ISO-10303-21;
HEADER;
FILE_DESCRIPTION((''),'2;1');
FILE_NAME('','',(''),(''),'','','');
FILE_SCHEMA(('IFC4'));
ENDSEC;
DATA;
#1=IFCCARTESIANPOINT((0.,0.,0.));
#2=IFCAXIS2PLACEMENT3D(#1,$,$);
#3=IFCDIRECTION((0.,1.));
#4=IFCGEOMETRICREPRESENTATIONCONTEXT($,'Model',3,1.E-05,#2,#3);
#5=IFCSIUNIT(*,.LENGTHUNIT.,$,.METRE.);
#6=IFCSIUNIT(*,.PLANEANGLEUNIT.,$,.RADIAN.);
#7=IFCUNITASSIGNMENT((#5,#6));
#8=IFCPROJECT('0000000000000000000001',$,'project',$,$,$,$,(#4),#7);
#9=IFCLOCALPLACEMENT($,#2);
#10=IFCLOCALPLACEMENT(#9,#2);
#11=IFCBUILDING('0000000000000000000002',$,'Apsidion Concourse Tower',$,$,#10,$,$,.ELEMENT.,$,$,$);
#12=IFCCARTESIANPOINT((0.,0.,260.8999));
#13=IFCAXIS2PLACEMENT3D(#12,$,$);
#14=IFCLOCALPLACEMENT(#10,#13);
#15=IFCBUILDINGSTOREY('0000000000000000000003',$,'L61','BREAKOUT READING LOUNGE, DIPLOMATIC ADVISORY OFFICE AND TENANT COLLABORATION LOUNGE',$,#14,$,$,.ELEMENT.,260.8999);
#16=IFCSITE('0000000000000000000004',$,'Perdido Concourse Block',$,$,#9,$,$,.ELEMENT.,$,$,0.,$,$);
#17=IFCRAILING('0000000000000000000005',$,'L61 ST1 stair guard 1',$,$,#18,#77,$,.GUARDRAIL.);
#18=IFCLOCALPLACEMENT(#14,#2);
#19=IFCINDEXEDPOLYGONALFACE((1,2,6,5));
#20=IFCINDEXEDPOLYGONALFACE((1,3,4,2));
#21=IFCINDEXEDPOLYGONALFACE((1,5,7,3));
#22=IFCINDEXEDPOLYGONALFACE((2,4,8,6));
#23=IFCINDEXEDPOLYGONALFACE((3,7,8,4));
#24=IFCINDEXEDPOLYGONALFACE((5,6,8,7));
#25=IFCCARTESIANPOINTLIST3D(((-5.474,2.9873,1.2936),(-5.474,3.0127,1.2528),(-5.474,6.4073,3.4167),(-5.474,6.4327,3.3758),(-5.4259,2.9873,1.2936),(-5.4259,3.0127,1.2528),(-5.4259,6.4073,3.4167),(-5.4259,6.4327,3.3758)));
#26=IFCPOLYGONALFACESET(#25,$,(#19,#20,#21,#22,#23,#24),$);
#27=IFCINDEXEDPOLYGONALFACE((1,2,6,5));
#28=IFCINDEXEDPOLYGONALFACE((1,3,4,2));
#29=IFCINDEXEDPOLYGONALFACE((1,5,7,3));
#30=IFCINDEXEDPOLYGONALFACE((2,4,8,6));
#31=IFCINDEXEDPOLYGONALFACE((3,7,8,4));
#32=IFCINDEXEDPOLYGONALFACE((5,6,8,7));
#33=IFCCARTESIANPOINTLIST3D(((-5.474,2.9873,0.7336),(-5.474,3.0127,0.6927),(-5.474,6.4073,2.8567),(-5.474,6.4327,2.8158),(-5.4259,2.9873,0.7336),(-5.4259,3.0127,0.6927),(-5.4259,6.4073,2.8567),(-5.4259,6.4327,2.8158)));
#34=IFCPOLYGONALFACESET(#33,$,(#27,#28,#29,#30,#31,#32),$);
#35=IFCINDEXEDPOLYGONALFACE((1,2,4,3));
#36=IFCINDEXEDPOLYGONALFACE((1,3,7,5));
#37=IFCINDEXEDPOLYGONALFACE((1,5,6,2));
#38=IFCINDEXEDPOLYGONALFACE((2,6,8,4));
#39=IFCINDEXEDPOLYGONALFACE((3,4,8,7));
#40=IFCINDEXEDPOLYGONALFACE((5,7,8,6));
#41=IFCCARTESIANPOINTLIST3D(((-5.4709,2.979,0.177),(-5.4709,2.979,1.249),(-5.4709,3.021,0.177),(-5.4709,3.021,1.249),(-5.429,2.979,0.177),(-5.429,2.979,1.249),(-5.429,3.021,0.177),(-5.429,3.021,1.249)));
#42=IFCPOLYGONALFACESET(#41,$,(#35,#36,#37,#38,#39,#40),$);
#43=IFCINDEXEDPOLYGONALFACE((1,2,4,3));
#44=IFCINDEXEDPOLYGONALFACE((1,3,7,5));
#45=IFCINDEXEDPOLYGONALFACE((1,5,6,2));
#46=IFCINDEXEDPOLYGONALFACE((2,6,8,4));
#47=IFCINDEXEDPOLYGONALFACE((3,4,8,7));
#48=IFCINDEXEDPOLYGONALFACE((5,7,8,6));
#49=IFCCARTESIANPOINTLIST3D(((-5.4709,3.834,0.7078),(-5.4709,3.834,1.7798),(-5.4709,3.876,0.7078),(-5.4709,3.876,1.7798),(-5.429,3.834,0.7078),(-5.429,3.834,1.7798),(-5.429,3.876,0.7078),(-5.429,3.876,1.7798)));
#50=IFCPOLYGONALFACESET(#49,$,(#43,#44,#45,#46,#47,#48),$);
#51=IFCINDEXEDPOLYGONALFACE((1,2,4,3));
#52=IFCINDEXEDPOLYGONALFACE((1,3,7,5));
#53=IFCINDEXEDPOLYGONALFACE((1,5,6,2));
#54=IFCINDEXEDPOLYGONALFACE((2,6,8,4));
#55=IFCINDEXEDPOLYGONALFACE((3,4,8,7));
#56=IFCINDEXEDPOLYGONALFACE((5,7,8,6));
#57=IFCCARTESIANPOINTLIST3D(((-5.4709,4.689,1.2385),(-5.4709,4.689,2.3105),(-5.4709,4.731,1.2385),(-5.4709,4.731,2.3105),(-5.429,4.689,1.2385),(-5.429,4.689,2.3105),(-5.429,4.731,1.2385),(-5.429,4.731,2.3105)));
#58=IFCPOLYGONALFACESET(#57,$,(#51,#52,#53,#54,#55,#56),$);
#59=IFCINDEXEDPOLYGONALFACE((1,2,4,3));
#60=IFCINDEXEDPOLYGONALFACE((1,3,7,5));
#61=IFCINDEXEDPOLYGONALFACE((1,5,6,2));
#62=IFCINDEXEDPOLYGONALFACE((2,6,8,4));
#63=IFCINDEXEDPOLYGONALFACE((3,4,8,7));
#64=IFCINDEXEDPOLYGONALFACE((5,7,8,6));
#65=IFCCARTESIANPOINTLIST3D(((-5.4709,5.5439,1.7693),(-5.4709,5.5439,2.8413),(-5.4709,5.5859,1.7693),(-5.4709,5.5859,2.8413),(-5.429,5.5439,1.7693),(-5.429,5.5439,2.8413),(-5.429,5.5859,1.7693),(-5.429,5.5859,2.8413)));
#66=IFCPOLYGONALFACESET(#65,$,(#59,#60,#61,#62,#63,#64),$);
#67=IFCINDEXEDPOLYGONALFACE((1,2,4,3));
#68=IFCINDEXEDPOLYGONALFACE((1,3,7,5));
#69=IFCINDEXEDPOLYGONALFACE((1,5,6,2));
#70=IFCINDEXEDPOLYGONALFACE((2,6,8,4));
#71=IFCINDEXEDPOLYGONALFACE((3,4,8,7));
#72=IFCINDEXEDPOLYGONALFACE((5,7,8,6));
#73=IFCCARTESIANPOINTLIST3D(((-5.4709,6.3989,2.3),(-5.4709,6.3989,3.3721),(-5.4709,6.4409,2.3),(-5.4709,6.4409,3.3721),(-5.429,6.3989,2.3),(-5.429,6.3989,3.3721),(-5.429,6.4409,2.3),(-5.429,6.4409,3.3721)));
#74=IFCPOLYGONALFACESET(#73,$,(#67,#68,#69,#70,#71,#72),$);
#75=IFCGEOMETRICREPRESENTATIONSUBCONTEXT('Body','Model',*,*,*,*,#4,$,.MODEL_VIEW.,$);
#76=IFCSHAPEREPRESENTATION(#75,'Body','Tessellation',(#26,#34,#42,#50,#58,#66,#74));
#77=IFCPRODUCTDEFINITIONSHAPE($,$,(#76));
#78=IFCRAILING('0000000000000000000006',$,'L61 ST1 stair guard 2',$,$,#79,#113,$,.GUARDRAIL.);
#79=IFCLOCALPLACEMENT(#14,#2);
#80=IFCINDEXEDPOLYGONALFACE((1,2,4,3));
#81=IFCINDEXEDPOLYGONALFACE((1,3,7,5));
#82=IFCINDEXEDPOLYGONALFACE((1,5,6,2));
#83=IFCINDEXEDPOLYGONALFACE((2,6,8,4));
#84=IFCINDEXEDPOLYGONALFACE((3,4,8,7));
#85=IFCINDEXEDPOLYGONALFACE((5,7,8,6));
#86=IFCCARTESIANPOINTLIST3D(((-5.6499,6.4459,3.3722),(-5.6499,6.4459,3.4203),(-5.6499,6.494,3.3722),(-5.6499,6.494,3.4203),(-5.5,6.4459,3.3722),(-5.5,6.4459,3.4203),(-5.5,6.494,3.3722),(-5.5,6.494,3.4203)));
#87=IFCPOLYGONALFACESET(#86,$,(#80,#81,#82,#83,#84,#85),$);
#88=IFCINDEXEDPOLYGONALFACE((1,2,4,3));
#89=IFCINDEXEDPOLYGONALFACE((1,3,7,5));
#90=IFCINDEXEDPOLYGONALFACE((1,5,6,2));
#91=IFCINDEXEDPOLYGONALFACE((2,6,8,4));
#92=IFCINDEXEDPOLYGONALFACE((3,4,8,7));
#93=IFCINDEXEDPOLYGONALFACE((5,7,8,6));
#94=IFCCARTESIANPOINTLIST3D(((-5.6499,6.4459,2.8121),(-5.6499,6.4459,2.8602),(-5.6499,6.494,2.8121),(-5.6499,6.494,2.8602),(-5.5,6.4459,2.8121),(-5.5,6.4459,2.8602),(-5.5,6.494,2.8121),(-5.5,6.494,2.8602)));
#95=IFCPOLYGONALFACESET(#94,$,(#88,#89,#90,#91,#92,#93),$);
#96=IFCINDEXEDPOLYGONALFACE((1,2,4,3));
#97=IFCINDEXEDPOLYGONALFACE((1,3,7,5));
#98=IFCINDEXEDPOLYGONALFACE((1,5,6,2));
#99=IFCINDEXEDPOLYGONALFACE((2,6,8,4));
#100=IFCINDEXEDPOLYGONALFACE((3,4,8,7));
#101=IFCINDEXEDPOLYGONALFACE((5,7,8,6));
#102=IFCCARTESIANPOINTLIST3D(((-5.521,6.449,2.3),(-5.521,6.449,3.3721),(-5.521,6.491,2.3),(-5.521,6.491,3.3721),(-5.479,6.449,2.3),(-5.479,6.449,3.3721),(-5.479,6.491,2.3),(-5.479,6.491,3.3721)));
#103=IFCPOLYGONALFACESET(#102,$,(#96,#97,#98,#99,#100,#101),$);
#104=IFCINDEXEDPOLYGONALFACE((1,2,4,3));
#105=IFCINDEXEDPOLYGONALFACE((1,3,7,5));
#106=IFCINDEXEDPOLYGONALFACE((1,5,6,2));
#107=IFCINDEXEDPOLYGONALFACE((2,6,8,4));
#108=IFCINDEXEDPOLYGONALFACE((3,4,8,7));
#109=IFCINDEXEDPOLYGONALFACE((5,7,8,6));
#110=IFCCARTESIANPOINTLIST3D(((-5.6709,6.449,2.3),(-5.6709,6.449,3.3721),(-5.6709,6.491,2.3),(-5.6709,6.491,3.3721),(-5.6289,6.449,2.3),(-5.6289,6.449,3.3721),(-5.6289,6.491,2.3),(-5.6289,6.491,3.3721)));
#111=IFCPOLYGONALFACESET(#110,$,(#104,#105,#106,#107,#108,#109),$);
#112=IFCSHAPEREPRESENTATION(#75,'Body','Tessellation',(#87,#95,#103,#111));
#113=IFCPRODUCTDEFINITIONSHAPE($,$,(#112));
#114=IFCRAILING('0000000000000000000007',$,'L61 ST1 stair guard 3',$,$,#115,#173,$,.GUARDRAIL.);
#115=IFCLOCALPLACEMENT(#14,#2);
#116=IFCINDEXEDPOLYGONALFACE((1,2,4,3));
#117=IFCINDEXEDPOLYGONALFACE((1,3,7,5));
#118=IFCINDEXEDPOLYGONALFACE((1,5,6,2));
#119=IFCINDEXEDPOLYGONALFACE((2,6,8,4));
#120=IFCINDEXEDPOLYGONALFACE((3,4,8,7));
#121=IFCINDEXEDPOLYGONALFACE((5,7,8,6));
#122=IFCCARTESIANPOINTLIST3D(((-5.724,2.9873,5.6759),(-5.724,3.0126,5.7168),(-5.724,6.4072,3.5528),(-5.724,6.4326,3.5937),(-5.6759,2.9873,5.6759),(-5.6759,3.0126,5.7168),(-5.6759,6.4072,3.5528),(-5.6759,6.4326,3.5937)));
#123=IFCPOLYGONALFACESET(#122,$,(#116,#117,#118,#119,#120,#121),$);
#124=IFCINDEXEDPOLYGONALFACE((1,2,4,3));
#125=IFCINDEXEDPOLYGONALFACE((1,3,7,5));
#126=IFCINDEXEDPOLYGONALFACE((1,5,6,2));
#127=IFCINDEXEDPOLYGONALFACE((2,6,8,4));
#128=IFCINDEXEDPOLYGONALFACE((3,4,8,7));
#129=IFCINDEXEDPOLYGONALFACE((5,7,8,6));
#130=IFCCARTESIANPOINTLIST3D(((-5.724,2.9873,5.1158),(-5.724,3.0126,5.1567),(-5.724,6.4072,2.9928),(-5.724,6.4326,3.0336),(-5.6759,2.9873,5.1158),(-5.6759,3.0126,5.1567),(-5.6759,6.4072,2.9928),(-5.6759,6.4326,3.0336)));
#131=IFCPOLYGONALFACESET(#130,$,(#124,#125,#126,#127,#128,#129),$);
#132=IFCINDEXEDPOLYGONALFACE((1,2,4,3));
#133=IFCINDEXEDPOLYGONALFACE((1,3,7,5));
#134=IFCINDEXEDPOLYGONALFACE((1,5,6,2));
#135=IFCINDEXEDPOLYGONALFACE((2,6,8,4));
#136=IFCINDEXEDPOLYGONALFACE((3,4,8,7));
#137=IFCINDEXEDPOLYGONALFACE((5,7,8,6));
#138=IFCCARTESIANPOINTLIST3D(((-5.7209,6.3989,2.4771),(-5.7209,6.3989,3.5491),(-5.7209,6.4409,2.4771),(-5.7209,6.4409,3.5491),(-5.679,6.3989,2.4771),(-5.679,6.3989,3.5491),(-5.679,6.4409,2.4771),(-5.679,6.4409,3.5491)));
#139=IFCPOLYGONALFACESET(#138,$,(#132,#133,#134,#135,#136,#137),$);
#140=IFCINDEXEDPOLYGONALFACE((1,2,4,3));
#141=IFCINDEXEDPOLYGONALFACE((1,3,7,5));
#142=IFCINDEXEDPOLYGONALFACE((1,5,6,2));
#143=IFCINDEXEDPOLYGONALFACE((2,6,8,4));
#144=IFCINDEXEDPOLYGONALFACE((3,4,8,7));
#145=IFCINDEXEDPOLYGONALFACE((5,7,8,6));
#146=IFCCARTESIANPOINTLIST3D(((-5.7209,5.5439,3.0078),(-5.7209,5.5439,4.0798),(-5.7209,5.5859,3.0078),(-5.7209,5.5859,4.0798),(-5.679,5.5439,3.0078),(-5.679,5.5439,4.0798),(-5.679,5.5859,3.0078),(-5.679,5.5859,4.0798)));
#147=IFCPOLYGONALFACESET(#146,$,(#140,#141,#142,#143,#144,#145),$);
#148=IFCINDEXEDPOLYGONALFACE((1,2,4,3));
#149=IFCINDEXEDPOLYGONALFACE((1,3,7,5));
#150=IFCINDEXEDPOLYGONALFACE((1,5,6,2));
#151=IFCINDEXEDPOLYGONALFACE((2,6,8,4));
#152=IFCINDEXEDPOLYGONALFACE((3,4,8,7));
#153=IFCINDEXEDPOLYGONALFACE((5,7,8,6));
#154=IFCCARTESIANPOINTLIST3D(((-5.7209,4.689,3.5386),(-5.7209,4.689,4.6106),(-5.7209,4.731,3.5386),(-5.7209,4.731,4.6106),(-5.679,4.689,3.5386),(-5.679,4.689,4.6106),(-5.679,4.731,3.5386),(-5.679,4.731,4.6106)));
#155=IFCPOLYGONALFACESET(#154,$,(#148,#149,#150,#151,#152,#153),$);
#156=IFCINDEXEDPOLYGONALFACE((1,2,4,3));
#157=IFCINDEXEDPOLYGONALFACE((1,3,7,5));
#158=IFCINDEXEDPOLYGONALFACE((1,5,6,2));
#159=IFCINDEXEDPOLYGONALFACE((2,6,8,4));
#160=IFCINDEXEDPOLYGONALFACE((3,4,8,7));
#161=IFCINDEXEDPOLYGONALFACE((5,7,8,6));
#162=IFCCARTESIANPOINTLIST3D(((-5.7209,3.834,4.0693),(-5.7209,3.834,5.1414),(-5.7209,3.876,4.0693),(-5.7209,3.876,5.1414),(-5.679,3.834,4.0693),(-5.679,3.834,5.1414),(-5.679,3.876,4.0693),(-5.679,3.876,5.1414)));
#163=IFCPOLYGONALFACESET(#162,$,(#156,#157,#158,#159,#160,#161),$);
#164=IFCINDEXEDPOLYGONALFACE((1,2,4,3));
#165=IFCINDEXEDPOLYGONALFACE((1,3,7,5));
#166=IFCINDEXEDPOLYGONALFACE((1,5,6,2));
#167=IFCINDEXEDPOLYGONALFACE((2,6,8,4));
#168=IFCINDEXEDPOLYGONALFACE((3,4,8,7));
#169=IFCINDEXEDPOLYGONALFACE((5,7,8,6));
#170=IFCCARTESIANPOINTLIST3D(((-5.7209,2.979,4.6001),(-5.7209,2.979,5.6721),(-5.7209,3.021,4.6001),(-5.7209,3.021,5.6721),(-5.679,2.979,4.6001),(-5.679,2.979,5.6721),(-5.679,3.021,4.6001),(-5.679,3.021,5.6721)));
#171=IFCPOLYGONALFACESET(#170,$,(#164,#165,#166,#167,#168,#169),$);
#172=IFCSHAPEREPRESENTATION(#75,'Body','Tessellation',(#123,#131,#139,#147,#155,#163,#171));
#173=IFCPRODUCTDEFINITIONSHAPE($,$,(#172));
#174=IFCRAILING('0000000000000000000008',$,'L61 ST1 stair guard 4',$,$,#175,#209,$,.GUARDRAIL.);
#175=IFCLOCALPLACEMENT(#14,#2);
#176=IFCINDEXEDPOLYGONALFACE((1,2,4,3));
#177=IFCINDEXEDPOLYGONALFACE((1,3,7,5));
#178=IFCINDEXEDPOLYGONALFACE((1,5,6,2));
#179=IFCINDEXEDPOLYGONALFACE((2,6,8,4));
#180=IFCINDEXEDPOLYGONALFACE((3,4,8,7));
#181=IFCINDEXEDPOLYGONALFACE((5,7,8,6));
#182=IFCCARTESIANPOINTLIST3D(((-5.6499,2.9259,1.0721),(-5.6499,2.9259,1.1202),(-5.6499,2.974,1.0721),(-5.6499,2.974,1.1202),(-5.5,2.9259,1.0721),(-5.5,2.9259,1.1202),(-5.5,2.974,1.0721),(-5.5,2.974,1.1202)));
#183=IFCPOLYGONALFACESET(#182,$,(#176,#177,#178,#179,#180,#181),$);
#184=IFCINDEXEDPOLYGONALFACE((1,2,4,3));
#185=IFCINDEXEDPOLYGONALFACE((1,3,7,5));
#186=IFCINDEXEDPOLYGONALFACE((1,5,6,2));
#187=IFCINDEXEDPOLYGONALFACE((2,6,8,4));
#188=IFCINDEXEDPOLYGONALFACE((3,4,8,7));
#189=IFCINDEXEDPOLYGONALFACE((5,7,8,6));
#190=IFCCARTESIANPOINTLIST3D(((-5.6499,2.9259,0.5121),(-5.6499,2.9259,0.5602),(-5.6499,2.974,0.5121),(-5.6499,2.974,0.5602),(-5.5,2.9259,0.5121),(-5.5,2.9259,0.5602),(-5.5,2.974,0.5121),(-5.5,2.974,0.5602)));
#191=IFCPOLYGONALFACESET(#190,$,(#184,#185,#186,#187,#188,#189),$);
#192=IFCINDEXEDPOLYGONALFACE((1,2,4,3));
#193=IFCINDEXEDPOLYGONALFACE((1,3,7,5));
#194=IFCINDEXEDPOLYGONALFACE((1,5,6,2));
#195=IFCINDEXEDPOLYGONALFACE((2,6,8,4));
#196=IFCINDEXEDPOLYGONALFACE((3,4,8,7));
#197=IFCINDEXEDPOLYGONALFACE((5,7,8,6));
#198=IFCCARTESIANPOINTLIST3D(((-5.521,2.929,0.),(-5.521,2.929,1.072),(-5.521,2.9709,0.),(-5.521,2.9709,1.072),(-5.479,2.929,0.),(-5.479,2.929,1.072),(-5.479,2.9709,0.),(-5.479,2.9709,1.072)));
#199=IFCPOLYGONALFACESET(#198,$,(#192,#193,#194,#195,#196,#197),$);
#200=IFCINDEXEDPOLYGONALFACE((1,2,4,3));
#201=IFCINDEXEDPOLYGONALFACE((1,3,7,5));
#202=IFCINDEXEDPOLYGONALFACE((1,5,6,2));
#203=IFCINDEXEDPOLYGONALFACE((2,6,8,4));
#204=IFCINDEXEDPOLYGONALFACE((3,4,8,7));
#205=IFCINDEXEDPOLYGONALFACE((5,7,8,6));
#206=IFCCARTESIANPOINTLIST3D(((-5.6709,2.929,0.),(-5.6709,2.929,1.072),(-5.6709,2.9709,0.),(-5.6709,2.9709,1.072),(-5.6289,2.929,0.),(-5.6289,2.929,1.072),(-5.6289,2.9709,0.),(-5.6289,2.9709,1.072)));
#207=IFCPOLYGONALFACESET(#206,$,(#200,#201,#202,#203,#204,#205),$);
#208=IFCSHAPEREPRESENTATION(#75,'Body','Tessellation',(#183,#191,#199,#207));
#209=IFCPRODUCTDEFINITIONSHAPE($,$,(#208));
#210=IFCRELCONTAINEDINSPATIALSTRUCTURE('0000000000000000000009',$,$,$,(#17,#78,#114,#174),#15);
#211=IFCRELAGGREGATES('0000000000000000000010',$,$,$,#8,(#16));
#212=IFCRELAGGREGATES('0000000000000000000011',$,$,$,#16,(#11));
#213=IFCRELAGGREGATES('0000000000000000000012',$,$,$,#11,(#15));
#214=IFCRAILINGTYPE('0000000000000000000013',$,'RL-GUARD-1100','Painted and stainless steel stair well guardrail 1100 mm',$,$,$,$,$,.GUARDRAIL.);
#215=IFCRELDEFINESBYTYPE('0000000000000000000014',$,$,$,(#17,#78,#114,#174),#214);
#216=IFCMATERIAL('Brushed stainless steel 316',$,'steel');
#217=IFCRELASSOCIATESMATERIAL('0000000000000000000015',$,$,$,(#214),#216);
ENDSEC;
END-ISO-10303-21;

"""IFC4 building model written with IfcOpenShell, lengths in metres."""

from ifc_helpers import new_model, si_unit, direction, frame, origin, origin_2d, place, context, subcontext, project, spatial, rectangle, extrude, material, type_object, element, save


model = new_model("IFC4")

# Units and contexts
model_context = context("Model", 3, precision=1e-05, world=origin(), true_north=direction((0.0, 1.0)))
body_context = subcontext(model_context, "Body", "Model", "MODEL_VIEW")
ifc_project = project(units=[si_unit("LENGTHUNIT", "METRE"), si_unit("PLANEANGLEUNIT", "RADIAN")], contexts=[model_context])

# Site, building, storey
site_placement = place(None, origin())
site = spatial("IfcSite", under=ifc_project, at=site_placement, Name="Perdido Concourse Block", CompositionType="ELEMENT", RefElevation=0.0)
building_placement = place(site_placement, origin())
building = spatial("IfcBuilding", under=site, at=building_placement, Name="Apsidion Concourse Tower", CompositionType="ELEMENT")
storey_placement = place(building_placement, frame((0.0, 0.0, 260.8999)))
storey = spatial("IfcBuildingStorey", under=building, at=storey_placement, Name="L61", Description="BREAKOUT READING LOUNGE, DIPLOMATIC ADVISORY OFFICE AND TENANT COLLABORATION LOUNGE", CompositionType="ELEMENT", Elevation=260.8999)

# Shared definitions
ifc_material_1 = material(Name="Brushed stainless steel 316", Category="steel")

# Railings
railing_type_1 = type_object("IfcRailingType", Name="RL-GUARD-1100", Description="Painted and stainless steel stair well guardrail 1100 mm", PredefinedType="GUARDRAIL", material=ifc_material_1)
railing_1_placement = place(storey_placement, frame((-5.45, 3.0, 0.177)))
element("IfcRailing", 1, at=railing_1_placement, inside=storey, type_object=railing_type_1, Name="L61 ST1 stair guard 1", PredefinedType="GUARDRAIL", context=body_context, shape_type="SweptSolid", body=[
    extrude(rectangle(XDim=0.0481, YDim=0.0481, at=origin_2d()), frame((0.0, 0.0, 1.0962), z_axis=(0.0, 0.849603, 0.527423), x_axis=(-1.0, 0.0, 0.0)), (0.0, 0.0, 1.0), 4.0254),
    extrude(rectangle(XDim=0.0481, YDim=0.0481, at=origin_2d()), frame((0.0, 0.0, 0.5361), z_axis=(0.0, 0.849603, 0.527423), x_axis=(-1.0, 0.0, 0.0)), (0.0, 0.0, 1.0), 4.0254),
    extrude(rectangle(XDim=0.042, YDim=0.042, at=origin_2d()), origin(), (0.0, 0.0, 1.0), 1.072),
    extrude(rectangle(XDim=0.042, YDim=0.042, at=origin_2d()), frame((0.0, 0.855, 0.5308)), (0.0, 0.0, 1.0), 1.072),
    extrude(rectangle(XDim=0.042, YDim=0.042, at=origin_2d()), frame((0.0, 1.71, 1.0615)), (0.0, 0.0, 1.0), 1.072),
    extrude(rectangle(XDim=0.042, YDim=0.042, at=origin_2d()), frame((0.0, 2.5649, 1.5923)), (0.0, 0.0, 1.0), 1.072),
    extrude(rectangle(XDim=0.042, YDim=0.042, at=origin_2d()), frame((0.0, 3.4199, 2.123)), (0.0, 0.0, 1.0), 1.072),
])
railing_2_placement = place(storey_placement, frame((-5.5, 6.47, 2.3)))
element("IfcRailing", 2, at=railing_2_placement, inside=storey, type_object=railing_type_1, Name="L61 ST1 stair guard 2", PredefinedType="GUARDRAIL", context=body_context, shape_type="SweptSolid", body=[
    extrude(rectangle(XDim=0.0481, YDim=0.0481, at=origin_2d()), frame((0.0, 0.0, 1.0962), z_axis=(-1.0, 0.0, 0.0), x_axis=(0.0, -1.0, 0.0)), (0.0, 0.0, 1.0), 0.1499),
    extrude(rectangle(XDim=0.0481, YDim=0.0481, at=origin_2d()), frame((0.0, 0.0, 0.5361), z_axis=(-1.0, 0.0, 0.0), x_axis=(0.0, -1.0, 0.0)), (0.0, 0.0, 1.0), 0.1499),
    extrude(rectangle(XDim=0.042, YDim=0.042, at=origin_2d()), origin(), (0.0, 0.0, 1.0), 1.072),
    extrude(rectangle(XDim=0.042, YDim=0.042, at=origin_2d()), frame((-0.1499, 0.0, 0.0)), (0.0, 0.0, 1.0), 1.072),
])
railing_3_placement = place(storey_placement, frame((-5.7, 6.4199, 2.4771)))
element("IfcRailing", 3, at=railing_3_placement, inside=storey, type_object=railing_type_1, Name="L61 ST1 stair guard 3", PredefinedType="GUARDRAIL", context=body_context, shape_type="SweptSolid", body=[
    extrude(rectangle(XDim=0.0481, YDim=0.0481, at=origin_2d()), frame((0.0, 0.0, 1.0962), z_axis=(0.0, -0.849603, 0.527423), x_axis=(1.0, 0.0, 0.0)), (0.0, 0.0, 1.0), 4.0254),
    extrude(rectangle(XDim=0.0481, YDim=0.0481, at=origin_2d()), frame((0.0, 0.0, 0.5361), z_axis=(0.0, -0.849603, 0.527423), x_axis=(1.0, 0.0, 0.0)), (0.0, 0.0, 1.0), 4.0254),
    extrude(rectangle(XDim=0.042, YDim=0.042, at=origin_2d()), origin(), (0.0, 0.0, 1.0), 1.072),
    extrude(rectangle(XDim=0.042, YDim=0.042, at=origin_2d()), frame((0.0, -0.855, 0.5308)), (0.0, 0.0, 1.0), 1.072),
    extrude(rectangle(XDim=0.042, YDim=0.042, at=origin_2d()), frame((0.0, -1.71, 1.0615)), (0.0, 0.0, 1.0), 1.072),
    extrude(rectangle(XDim=0.042, YDim=0.042, at=origin_2d()), frame((0.0, -2.5649, 1.5923)), (0.0, 0.0, 1.0), 1.072),
    extrude(rectangle(XDim=0.042, YDim=0.042, at=origin_2d()), frame((0.0, -3.4199, 2.123)), (0.0, 0.0, 1.0), 1.072),
])
railing_4_placement = place(storey_placement, frame((-5.5, 2.95, 0.0)))
element("IfcRailing", 4, at=railing_4_placement, inside=storey, type_object=railing_type_1, Name="L61 ST1 stair guard 4", PredefinedType="GUARDRAIL", context=body_context, shape_type="SweptSolid", body=[
    extrude(rectangle(XDim=0.0481, YDim=0.0481, at=origin_2d()), frame((0.0, 0.0, 1.0962), z_axis=(-1.0, 0.0, 0.0), x_axis=(0.0, -1.0, 0.0)), (0.0, 0.0, 1.0), 0.1499),
    extrude(rectangle(XDim=0.0481, YDim=0.0481, at=origin_2d()), frame((0.0, 0.0, 0.5361), z_axis=(-1.0, 0.0, 0.0), x_axis=(0.0, -1.0, 0.0)), (0.0, 0.0, 1.0), 0.1499),
    extrude(rectangle(XDim=0.042, YDim=0.042, at=origin_2d()), origin(), (0.0, 0.0, 1.0), 1.072),
    extrude(rectangle(XDim=0.042, YDim=0.042, at=origin_2d()), frame((-0.1499, 0.0, 0.0)), (0.0, 0.0, 1.0), 1.072),
])

save(model, "model.ifc")
